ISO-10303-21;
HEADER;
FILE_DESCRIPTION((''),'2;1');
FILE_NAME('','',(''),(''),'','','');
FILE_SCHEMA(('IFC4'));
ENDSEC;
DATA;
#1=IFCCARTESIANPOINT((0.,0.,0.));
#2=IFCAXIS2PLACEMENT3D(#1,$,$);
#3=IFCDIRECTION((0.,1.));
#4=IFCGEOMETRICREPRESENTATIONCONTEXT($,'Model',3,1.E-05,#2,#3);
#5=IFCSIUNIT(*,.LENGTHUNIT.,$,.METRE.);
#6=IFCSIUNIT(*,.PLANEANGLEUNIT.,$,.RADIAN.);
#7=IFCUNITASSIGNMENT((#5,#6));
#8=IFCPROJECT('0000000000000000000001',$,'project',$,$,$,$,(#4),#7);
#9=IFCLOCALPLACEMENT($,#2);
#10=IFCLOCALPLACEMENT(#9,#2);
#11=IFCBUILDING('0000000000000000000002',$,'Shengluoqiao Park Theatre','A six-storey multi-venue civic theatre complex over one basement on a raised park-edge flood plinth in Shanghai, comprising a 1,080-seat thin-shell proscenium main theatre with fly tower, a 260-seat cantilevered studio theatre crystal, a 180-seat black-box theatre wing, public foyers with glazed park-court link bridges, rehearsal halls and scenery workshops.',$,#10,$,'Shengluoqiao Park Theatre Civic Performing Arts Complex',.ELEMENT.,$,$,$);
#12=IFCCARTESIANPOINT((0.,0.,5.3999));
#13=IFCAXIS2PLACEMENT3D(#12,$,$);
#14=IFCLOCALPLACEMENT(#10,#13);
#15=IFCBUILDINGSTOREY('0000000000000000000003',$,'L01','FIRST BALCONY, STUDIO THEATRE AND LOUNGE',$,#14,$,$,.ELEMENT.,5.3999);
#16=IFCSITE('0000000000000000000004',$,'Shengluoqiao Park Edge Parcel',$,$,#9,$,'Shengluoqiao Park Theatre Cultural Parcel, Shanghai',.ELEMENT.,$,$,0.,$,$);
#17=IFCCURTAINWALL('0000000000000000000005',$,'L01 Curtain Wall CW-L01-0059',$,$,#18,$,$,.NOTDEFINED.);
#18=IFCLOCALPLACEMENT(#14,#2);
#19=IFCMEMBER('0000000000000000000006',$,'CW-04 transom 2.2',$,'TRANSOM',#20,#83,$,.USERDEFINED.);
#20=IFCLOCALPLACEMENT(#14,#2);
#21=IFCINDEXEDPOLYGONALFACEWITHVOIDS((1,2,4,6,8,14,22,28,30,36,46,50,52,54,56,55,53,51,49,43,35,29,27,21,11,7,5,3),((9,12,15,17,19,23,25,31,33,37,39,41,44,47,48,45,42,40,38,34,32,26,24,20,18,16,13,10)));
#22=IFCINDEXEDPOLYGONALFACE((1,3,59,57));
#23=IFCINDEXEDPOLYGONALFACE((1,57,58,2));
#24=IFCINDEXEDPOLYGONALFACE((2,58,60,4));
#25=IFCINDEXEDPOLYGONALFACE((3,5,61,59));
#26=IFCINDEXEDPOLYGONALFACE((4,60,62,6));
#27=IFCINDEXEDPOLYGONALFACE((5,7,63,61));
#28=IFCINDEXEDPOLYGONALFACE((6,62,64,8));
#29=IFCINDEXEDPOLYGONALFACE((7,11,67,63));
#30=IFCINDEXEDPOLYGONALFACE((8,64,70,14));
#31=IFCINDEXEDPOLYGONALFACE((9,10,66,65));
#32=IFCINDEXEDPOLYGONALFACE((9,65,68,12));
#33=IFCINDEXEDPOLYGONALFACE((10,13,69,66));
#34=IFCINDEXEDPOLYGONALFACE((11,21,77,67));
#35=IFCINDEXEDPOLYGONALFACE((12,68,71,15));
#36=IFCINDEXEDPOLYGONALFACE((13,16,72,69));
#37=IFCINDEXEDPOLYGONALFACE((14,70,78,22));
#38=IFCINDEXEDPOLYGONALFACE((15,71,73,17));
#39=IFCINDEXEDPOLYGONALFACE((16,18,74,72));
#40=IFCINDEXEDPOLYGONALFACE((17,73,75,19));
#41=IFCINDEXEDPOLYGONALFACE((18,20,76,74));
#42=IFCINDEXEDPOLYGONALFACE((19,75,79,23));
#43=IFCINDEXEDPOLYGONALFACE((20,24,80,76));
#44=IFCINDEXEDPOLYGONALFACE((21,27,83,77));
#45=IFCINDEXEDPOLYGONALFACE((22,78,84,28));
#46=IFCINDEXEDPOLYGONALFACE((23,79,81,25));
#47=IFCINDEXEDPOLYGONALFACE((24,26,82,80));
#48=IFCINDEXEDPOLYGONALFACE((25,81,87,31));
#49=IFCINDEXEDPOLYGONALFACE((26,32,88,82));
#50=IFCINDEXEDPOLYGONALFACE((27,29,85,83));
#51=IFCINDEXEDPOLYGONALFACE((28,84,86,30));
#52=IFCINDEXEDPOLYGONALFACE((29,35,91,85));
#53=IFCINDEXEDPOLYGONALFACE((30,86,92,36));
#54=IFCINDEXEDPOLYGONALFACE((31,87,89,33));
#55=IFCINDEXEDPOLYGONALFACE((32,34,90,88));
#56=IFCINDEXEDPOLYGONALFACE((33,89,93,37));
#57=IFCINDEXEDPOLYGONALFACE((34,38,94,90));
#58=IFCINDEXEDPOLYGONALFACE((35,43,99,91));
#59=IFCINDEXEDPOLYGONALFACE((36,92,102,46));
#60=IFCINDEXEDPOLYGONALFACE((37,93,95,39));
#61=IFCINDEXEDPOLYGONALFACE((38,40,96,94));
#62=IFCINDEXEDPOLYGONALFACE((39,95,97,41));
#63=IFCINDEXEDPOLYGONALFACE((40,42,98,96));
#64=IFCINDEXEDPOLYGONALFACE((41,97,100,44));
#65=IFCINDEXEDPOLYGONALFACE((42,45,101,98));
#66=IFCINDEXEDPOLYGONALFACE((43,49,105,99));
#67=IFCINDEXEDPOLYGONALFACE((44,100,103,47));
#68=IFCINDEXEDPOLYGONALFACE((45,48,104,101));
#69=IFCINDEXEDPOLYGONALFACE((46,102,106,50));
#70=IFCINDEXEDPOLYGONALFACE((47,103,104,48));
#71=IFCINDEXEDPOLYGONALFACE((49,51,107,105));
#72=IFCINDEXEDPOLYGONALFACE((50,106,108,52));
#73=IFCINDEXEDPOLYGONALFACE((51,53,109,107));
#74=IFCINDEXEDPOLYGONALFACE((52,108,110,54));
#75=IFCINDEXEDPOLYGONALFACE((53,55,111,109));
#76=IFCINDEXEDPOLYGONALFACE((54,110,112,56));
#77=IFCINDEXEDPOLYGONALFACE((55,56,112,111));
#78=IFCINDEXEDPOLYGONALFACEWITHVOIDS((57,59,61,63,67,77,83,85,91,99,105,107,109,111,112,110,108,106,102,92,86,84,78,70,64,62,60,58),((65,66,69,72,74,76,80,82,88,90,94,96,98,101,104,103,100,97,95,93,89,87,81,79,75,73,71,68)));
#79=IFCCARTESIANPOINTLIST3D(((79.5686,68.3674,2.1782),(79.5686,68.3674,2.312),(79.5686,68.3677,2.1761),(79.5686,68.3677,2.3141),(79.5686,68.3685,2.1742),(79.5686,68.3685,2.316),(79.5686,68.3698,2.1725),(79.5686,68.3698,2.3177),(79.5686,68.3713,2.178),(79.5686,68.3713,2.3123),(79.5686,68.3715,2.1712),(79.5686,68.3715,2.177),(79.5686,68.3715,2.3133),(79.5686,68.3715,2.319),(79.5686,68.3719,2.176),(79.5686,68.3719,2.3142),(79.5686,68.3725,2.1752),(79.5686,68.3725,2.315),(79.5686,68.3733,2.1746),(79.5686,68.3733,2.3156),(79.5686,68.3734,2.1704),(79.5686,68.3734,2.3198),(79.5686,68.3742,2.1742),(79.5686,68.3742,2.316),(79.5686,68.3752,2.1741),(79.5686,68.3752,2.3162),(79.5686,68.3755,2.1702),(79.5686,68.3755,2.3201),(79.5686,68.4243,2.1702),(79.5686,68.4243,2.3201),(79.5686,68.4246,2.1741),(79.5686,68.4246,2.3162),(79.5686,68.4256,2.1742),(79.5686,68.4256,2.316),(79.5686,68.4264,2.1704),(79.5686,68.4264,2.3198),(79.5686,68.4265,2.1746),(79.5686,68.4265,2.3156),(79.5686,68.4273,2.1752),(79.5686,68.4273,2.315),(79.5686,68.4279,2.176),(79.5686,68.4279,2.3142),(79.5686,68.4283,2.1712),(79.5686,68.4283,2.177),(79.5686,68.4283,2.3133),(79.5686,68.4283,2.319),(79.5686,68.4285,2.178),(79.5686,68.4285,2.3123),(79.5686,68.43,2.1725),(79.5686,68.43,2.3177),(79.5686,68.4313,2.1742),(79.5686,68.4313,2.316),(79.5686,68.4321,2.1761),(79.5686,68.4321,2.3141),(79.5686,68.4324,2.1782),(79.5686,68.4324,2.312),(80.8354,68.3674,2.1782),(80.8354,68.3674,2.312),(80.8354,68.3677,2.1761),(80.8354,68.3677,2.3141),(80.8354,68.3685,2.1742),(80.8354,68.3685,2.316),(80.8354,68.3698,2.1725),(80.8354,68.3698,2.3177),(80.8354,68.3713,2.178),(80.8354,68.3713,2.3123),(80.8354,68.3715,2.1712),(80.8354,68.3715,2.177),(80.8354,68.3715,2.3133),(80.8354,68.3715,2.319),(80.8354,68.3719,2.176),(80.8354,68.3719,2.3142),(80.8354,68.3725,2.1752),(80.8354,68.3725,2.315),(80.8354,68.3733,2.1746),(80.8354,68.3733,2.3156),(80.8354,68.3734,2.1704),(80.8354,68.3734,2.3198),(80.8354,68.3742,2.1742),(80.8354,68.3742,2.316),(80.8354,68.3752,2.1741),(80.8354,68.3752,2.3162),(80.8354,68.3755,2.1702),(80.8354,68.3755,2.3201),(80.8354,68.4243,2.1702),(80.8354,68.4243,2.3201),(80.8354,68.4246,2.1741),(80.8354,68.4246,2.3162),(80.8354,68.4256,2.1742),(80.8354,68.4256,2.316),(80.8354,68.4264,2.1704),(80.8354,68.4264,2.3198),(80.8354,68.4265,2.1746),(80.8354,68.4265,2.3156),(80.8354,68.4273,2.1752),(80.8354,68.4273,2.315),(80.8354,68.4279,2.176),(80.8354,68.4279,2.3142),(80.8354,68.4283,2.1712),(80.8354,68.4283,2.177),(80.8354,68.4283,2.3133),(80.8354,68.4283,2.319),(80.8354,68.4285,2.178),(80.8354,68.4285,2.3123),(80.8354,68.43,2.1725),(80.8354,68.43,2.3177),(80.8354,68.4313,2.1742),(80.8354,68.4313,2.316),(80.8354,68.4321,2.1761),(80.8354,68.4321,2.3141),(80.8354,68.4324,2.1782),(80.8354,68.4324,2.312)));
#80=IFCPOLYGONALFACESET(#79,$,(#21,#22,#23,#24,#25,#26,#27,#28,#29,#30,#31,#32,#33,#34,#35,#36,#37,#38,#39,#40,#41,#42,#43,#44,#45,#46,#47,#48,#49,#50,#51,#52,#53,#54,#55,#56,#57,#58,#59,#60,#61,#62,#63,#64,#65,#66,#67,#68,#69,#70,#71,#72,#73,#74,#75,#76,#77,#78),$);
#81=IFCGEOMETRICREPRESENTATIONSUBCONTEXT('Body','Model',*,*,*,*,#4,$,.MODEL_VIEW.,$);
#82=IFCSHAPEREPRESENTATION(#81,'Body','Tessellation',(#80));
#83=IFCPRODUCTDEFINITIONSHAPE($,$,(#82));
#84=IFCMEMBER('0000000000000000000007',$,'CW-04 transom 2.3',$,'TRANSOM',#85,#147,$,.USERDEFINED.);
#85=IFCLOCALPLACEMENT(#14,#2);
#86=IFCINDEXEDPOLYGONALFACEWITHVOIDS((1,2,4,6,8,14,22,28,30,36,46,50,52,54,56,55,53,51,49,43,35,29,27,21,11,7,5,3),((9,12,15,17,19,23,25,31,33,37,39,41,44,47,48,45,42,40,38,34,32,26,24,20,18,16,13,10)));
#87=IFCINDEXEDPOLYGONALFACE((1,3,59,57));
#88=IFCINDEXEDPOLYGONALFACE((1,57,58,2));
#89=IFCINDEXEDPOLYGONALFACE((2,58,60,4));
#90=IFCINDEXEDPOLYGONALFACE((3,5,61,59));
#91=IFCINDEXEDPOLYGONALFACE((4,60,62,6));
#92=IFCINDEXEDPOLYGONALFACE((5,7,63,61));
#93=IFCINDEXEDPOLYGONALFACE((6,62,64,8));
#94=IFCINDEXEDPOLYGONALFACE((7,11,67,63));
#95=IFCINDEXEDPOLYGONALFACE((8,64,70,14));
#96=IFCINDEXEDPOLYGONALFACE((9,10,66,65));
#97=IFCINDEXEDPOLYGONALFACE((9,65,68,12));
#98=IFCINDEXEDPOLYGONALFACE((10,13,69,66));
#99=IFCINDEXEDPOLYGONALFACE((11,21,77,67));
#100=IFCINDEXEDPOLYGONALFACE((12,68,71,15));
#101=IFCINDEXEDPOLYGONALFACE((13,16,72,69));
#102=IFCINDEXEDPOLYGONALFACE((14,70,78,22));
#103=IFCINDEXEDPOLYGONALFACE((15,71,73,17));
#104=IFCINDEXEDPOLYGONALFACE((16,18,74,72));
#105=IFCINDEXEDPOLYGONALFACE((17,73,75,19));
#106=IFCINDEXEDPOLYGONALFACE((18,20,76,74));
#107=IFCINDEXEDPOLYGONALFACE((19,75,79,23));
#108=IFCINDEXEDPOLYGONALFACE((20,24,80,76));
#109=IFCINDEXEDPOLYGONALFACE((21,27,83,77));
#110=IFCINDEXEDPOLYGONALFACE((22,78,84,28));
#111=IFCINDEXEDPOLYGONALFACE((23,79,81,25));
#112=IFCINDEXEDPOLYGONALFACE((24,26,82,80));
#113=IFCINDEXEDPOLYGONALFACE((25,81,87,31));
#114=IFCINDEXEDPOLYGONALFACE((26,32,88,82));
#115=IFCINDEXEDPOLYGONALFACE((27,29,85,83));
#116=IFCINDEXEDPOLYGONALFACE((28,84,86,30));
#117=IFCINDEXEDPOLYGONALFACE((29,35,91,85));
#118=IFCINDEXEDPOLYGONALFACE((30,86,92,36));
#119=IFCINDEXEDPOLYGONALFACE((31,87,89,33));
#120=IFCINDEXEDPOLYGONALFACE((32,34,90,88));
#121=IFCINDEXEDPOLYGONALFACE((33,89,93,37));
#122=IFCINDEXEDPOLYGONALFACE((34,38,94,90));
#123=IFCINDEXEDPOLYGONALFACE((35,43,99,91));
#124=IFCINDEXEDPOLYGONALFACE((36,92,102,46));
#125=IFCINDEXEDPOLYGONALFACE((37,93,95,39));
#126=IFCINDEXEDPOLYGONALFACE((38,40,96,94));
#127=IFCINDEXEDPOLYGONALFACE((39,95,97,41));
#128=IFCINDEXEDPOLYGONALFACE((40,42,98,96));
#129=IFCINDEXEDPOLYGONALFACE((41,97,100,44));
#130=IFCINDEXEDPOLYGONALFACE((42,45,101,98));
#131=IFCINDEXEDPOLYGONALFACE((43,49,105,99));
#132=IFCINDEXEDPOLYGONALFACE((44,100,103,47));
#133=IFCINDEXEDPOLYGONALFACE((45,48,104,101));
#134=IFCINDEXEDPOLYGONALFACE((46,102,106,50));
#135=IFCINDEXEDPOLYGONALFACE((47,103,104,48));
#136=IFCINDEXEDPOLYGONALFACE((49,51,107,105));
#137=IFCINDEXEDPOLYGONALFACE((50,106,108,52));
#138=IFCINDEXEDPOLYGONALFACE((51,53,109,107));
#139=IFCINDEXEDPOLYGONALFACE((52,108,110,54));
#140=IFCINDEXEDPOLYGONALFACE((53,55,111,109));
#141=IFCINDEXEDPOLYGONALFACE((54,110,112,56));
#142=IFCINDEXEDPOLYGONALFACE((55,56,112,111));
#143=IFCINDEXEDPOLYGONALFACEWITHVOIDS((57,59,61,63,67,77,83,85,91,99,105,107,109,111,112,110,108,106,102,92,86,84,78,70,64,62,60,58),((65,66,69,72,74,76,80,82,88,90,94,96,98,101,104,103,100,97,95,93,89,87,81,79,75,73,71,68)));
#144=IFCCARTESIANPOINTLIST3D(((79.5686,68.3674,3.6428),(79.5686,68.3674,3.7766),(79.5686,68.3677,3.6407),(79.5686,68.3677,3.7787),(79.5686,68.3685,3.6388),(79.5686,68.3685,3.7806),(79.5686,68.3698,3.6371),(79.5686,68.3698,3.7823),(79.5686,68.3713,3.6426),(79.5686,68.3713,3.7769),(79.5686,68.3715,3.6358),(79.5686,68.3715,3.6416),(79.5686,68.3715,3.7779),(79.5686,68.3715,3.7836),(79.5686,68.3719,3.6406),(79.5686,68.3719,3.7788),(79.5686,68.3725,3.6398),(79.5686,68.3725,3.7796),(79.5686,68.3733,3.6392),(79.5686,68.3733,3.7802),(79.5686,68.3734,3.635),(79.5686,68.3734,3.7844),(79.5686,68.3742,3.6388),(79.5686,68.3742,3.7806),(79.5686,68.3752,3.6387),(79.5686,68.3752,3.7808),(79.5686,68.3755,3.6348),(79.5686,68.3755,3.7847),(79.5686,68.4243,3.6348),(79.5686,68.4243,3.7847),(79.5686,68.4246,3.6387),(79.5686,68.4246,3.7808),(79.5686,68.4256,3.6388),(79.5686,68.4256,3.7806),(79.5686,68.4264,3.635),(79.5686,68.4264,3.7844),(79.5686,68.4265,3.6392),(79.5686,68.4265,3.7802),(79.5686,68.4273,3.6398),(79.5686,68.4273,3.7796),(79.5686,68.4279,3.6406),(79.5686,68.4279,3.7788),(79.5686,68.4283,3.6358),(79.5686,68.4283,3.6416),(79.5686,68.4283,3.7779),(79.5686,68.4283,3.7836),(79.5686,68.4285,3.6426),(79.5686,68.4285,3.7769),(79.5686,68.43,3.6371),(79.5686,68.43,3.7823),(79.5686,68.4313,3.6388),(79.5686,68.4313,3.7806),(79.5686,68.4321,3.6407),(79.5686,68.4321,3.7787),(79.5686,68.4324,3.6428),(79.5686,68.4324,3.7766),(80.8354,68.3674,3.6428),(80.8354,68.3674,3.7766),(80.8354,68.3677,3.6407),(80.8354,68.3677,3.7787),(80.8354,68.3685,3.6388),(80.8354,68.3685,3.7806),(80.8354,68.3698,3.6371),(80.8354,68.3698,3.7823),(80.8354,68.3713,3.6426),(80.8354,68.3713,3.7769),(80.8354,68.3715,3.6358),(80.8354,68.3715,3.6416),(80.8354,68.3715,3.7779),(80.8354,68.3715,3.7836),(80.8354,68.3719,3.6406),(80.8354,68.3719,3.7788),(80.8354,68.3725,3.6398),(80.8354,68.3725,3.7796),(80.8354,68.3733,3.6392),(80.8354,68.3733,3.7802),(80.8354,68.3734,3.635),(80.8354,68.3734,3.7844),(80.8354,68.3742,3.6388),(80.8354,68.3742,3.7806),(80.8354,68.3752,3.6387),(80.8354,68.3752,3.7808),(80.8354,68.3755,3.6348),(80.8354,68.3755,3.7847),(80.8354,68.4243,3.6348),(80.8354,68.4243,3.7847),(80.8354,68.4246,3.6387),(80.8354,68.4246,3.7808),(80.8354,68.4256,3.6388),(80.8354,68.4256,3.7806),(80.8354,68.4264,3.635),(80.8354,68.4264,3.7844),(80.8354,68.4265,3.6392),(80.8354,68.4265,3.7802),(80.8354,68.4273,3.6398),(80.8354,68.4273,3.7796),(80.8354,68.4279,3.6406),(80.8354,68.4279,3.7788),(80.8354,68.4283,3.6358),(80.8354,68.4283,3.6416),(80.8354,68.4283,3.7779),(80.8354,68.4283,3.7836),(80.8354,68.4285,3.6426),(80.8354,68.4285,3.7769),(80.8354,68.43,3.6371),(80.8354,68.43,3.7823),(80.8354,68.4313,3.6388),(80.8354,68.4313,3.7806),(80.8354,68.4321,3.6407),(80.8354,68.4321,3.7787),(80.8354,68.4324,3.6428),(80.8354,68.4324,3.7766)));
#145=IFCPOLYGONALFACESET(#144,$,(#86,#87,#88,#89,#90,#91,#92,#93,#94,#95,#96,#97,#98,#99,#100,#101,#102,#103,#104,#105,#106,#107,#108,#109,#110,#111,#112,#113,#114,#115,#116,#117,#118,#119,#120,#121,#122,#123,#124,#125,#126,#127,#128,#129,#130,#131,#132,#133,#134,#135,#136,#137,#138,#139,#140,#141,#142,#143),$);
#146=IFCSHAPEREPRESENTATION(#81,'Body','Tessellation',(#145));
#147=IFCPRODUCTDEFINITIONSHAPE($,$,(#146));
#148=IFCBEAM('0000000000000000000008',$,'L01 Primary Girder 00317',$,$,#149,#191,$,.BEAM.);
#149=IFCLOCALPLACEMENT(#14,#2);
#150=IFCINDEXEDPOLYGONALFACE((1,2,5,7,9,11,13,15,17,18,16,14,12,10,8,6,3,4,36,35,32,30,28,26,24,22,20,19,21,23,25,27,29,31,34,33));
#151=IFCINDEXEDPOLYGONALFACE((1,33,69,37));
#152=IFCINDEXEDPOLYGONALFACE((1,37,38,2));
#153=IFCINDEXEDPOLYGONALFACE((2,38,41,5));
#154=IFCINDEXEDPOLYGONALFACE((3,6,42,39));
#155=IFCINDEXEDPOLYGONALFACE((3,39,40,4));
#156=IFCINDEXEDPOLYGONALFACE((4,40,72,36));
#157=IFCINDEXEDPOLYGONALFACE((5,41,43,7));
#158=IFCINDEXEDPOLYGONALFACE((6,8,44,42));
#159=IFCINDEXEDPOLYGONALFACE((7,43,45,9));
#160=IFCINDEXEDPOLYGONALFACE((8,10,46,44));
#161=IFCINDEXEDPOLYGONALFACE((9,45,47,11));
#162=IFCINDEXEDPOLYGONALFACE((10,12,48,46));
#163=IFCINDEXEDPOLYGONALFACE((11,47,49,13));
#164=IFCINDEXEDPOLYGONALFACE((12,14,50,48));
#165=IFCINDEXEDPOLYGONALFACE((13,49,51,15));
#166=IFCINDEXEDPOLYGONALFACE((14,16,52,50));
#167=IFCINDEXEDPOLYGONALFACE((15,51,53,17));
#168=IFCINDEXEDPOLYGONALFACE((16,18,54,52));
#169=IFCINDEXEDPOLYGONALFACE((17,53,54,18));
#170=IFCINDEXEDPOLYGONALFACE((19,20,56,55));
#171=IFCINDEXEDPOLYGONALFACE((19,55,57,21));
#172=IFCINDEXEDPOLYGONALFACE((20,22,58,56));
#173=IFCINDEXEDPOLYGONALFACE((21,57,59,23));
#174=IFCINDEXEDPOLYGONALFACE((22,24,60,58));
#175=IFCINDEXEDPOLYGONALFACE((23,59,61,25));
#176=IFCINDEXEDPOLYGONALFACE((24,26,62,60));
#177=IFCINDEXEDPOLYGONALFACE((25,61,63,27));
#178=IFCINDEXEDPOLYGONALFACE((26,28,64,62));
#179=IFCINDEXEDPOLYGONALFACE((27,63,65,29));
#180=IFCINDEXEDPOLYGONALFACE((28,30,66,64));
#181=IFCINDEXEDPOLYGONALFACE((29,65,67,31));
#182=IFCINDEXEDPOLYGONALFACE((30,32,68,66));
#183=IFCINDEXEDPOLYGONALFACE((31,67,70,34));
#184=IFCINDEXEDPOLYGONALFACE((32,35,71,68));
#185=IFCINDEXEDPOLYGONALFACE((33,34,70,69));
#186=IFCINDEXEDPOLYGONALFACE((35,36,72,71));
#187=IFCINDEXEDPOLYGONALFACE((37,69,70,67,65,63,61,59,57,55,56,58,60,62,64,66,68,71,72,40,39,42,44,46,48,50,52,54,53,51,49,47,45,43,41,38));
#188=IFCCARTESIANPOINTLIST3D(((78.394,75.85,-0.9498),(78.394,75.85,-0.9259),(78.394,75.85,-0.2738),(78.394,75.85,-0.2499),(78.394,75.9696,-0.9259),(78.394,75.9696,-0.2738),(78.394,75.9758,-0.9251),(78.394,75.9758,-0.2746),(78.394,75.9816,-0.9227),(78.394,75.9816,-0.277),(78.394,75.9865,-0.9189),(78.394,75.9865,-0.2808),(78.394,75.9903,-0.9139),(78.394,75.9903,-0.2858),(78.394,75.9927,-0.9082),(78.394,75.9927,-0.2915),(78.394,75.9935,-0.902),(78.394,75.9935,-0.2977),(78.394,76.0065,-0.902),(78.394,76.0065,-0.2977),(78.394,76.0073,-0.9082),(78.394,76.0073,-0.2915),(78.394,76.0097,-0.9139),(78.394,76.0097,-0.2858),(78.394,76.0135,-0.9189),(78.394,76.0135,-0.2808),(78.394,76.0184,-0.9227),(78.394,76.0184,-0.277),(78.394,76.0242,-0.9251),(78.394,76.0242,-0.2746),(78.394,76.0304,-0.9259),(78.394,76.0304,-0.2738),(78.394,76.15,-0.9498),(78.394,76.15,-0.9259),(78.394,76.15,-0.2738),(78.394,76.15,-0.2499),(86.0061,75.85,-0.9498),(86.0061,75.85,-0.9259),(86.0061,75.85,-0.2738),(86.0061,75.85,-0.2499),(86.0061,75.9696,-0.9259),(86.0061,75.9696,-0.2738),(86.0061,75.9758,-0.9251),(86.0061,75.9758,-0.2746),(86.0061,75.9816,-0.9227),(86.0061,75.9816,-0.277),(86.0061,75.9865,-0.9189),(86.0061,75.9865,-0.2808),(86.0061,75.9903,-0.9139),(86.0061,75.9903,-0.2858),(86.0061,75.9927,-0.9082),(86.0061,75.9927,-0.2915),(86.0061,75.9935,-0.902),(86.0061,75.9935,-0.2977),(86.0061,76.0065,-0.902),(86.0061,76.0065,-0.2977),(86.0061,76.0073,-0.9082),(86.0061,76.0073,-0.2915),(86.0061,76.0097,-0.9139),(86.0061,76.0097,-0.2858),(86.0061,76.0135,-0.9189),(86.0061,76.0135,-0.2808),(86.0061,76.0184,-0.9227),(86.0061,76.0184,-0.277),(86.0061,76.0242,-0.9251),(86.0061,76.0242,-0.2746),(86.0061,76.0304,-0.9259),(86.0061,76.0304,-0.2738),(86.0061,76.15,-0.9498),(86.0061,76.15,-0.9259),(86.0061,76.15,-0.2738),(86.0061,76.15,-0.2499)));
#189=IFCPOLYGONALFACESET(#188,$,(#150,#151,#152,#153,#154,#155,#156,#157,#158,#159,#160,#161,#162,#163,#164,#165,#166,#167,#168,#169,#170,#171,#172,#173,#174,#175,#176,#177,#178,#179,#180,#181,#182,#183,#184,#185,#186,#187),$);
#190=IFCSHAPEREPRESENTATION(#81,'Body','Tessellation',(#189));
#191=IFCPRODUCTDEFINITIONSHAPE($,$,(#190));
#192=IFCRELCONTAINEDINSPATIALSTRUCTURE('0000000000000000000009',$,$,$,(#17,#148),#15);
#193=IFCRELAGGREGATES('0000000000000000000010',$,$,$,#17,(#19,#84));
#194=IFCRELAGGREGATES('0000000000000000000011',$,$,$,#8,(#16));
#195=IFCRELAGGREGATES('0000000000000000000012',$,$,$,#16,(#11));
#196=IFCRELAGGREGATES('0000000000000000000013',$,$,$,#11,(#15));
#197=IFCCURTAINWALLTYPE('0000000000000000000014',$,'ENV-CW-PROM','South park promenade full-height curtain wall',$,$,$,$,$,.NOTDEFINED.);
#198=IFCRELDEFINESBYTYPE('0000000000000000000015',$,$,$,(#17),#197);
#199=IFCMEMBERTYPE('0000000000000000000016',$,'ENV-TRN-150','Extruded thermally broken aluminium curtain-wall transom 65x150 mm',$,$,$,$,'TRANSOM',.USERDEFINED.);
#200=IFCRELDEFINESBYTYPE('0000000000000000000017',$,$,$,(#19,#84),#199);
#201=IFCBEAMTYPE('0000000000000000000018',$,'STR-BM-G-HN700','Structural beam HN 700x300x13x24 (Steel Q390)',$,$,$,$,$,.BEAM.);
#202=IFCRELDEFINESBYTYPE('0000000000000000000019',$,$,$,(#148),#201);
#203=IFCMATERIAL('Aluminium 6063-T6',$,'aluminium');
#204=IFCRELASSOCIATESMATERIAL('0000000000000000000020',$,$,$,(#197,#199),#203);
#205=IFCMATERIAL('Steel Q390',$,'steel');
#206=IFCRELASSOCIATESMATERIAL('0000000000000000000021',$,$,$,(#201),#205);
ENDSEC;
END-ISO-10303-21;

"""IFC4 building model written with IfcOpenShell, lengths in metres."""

from ifc_helpers import new_model, si_unit, direction, frame, origin, origin_2d, place, context, subcontext, project, spatial, hollow_rectangle, i_section, extrude, material, material_profile, profile_set, type_object, element, aggregate, save


model = new_model("IFC4")

# Units and contexts
model_context = context("Model", 3, precision=1e-05, world=origin(), true_north=direction((0.0, 1.0)))
body_context = subcontext(model_context, "Body", "Model", "MODEL_VIEW")
ifc_project = project(units=[si_unit("LENGTHUNIT", "METRE"), si_unit("PLANEANGLEUNIT", "RADIAN")], contexts=[model_context])

# Site, building, storey
site_placement = place(None, origin())
site = spatial("IfcSite", under=ifc_project, at=site_placement, Name="Shengluoqiao Park Edge Parcel", LongName="Shengluoqiao Park Theatre Cultural Parcel, Shanghai", CompositionType="ELEMENT", RefElevation=0.0)
building_placement = place(site_placement, origin())
building = spatial("IfcBuilding", under=site, at=building_placement, Name="Shengluoqiao Park Theatre", Description="A six-storey multi-venue civic theatre complex over one basement on a raised park-edge flood plinth in Shanghai, comprising a 1,080-seat thin-shell proscenium main theatre with fly tower, a 260-seat cantilevered studio theatre crystal, a 180-seat black-box theatre wing, public foyers with glazed park-court link bridges, rehearsal halls and scenery workshops.", LongName="Shengluoqiao Park Theatre Civic Performing Arts Complex", CompositionType="ELEMENT")
storey_placement = place(building_placement, frame((0.0, 0.0, 5.3999)))
storey = spatial("IfcBuildingStorey", under=building, at=storey_placement, Name="L01", Description="FIRST BALCONY, STUDIO THEATRE AND LOUNGE", CompositionType="ELEMENT", Elevation=5.3999)

# Curtain wall
ifc_material_1 = material(Name="Aluminium 6063-T6", Category="aluminium")
curtain_wall_type = type_object("IfcCurtainWallType", Name="ENV-CW-PROM", Description="South park promenade full-height curtain wall", PredefinedType="NOTDEFINED", material=ifc_material_1)
curtain_wall_1_placement = place(storey_placement, origin())
curtain_wall_1 = element("IfcCurtainWall", 1, at=curtain_wall_1_placement, inside=storey, type_object=curtain_wall_type, Name="L01 Curtain Wall CW-L01-0059", PredefinedType="NOTDEFINED")

# Members
ifc_material_profile_1 = material_profile(ifc_material_1, hollow_rectangle(XDim=0.0649, YDim=0.1499, WallThickness=0.0039, InnerFilletRadius=0.0039, OuterFilletRadius=0.0081, at=origin_2d()), Name="ALU TRANSOM 150x65x4")
ifc_profile_set_1 = profile_set([ifc_material_profile_1], Name="Aluminium 6063-T6")
member_type_1 = type_object("IfcMemberType", Name="ENV-TRN-150", Description="Extruded thermally broken aluminium curtain-wall transom 65x150 mm", ElementType="TRANSOM", PredefinedType="USERDEFINED", material=ifc_profile_set_1)
member_1_placement = place(storey_placement, frame((79.5686, 68.3999, 2.2451), z_axis=(1.0, 0.0, 0.0), x_axis=(0.0, 1.0, 0.0)))
member_1 = element("IfcMember", 2, at=member_1_placement, type_object=member_type_1, Name="CW-04 transom 2.2", ObjectType="TRANSOM", PredefinedType="USERDEFINED", context=body_context, shape_type="SweptSolid", body=[
    extrude(hollow_rectangle(XDim=0.0649, YDim=0.1499, WallThickness=0.0039, InnerFilletRadius=0.0039, OuterFilletRadius=0.0081, at=origin_2d()), origin(), (0.0, 0.0, 1.0), 1.2668),
])
member_2_placement = place(storey_placement, frame((79.5686, 68.3999, 3.7097), z_axis=(1.0, 0.0, 0.0), x_axis=(0.0, 1.0, 0.0)))
member_2 = element("IfcMember", 3, at=member_2_placement, type_object=member_type_1, Name="CW-04 transom 2.3", ObjectType="TRANSOM", PredefinedType="USERDEFINED", context=body_context, shape_type="SweptSolid", body=[
    extrude(hollow_rectangle(XDim=0.0649, YDim=0.1499, WallThickness=0.0039, InnerFilletRadius=0.0039, OuterFilletRadius=0.0081, at=origin_2d()), origin(), (0.0, 0.0, 1.0), 1.2668),
])

# Beam
ifc_material_2 = material(Name="Steel Q390", Category="steel")
ifc_material_profile_2 = material_profile(ifc_material_2, i_section(OverallWidth=0.3, OverallDepth=0.7, WebThickness=0.0129, FlangeThickness=0.0239, FilletRadius=0.0239, at=origin_2d()), Name="HN 700x300x13x24")
ifc_profile_set_2 = profile_set([ifc_material_profile_2], Name="Steel Q390")
beam_type_1 = type_object("IfcBeamType", Name="STR-BM-G-HN700", Description="Structural beam HN 700x300x13x24 (Steel Q390)", PredefinedType="BEAM", material=ifc_profile_set_2)
beam_1_placement = place(storey_placement, frame((78.394, 76.0, -0.5999), z_axis=(1.0, 0.0, 0.0), x_axis=(0.0, 1.0, 0.0)))
element("IfcBeam", 4, at=beam_1_placement, inside=storey, type_object=beam_type_1, Name="L01 Primary Girder 00317", PredefinedType="BEAM", context=body_context, shape_type="SweptSolid", body=[
    extrude(i_section(OverallWidth=0.3, OverallDepth=0.7, WebThickness=0.0129, FlangeThickness=0.0239, FilletRadius=0.0239, at=origin_2d()), origin(), (0.0, 0.0, 1.0), 7.6121),
])

aggregate(curtain_wall_1, [member_1, member_2])

save(model, "model.ifc")
